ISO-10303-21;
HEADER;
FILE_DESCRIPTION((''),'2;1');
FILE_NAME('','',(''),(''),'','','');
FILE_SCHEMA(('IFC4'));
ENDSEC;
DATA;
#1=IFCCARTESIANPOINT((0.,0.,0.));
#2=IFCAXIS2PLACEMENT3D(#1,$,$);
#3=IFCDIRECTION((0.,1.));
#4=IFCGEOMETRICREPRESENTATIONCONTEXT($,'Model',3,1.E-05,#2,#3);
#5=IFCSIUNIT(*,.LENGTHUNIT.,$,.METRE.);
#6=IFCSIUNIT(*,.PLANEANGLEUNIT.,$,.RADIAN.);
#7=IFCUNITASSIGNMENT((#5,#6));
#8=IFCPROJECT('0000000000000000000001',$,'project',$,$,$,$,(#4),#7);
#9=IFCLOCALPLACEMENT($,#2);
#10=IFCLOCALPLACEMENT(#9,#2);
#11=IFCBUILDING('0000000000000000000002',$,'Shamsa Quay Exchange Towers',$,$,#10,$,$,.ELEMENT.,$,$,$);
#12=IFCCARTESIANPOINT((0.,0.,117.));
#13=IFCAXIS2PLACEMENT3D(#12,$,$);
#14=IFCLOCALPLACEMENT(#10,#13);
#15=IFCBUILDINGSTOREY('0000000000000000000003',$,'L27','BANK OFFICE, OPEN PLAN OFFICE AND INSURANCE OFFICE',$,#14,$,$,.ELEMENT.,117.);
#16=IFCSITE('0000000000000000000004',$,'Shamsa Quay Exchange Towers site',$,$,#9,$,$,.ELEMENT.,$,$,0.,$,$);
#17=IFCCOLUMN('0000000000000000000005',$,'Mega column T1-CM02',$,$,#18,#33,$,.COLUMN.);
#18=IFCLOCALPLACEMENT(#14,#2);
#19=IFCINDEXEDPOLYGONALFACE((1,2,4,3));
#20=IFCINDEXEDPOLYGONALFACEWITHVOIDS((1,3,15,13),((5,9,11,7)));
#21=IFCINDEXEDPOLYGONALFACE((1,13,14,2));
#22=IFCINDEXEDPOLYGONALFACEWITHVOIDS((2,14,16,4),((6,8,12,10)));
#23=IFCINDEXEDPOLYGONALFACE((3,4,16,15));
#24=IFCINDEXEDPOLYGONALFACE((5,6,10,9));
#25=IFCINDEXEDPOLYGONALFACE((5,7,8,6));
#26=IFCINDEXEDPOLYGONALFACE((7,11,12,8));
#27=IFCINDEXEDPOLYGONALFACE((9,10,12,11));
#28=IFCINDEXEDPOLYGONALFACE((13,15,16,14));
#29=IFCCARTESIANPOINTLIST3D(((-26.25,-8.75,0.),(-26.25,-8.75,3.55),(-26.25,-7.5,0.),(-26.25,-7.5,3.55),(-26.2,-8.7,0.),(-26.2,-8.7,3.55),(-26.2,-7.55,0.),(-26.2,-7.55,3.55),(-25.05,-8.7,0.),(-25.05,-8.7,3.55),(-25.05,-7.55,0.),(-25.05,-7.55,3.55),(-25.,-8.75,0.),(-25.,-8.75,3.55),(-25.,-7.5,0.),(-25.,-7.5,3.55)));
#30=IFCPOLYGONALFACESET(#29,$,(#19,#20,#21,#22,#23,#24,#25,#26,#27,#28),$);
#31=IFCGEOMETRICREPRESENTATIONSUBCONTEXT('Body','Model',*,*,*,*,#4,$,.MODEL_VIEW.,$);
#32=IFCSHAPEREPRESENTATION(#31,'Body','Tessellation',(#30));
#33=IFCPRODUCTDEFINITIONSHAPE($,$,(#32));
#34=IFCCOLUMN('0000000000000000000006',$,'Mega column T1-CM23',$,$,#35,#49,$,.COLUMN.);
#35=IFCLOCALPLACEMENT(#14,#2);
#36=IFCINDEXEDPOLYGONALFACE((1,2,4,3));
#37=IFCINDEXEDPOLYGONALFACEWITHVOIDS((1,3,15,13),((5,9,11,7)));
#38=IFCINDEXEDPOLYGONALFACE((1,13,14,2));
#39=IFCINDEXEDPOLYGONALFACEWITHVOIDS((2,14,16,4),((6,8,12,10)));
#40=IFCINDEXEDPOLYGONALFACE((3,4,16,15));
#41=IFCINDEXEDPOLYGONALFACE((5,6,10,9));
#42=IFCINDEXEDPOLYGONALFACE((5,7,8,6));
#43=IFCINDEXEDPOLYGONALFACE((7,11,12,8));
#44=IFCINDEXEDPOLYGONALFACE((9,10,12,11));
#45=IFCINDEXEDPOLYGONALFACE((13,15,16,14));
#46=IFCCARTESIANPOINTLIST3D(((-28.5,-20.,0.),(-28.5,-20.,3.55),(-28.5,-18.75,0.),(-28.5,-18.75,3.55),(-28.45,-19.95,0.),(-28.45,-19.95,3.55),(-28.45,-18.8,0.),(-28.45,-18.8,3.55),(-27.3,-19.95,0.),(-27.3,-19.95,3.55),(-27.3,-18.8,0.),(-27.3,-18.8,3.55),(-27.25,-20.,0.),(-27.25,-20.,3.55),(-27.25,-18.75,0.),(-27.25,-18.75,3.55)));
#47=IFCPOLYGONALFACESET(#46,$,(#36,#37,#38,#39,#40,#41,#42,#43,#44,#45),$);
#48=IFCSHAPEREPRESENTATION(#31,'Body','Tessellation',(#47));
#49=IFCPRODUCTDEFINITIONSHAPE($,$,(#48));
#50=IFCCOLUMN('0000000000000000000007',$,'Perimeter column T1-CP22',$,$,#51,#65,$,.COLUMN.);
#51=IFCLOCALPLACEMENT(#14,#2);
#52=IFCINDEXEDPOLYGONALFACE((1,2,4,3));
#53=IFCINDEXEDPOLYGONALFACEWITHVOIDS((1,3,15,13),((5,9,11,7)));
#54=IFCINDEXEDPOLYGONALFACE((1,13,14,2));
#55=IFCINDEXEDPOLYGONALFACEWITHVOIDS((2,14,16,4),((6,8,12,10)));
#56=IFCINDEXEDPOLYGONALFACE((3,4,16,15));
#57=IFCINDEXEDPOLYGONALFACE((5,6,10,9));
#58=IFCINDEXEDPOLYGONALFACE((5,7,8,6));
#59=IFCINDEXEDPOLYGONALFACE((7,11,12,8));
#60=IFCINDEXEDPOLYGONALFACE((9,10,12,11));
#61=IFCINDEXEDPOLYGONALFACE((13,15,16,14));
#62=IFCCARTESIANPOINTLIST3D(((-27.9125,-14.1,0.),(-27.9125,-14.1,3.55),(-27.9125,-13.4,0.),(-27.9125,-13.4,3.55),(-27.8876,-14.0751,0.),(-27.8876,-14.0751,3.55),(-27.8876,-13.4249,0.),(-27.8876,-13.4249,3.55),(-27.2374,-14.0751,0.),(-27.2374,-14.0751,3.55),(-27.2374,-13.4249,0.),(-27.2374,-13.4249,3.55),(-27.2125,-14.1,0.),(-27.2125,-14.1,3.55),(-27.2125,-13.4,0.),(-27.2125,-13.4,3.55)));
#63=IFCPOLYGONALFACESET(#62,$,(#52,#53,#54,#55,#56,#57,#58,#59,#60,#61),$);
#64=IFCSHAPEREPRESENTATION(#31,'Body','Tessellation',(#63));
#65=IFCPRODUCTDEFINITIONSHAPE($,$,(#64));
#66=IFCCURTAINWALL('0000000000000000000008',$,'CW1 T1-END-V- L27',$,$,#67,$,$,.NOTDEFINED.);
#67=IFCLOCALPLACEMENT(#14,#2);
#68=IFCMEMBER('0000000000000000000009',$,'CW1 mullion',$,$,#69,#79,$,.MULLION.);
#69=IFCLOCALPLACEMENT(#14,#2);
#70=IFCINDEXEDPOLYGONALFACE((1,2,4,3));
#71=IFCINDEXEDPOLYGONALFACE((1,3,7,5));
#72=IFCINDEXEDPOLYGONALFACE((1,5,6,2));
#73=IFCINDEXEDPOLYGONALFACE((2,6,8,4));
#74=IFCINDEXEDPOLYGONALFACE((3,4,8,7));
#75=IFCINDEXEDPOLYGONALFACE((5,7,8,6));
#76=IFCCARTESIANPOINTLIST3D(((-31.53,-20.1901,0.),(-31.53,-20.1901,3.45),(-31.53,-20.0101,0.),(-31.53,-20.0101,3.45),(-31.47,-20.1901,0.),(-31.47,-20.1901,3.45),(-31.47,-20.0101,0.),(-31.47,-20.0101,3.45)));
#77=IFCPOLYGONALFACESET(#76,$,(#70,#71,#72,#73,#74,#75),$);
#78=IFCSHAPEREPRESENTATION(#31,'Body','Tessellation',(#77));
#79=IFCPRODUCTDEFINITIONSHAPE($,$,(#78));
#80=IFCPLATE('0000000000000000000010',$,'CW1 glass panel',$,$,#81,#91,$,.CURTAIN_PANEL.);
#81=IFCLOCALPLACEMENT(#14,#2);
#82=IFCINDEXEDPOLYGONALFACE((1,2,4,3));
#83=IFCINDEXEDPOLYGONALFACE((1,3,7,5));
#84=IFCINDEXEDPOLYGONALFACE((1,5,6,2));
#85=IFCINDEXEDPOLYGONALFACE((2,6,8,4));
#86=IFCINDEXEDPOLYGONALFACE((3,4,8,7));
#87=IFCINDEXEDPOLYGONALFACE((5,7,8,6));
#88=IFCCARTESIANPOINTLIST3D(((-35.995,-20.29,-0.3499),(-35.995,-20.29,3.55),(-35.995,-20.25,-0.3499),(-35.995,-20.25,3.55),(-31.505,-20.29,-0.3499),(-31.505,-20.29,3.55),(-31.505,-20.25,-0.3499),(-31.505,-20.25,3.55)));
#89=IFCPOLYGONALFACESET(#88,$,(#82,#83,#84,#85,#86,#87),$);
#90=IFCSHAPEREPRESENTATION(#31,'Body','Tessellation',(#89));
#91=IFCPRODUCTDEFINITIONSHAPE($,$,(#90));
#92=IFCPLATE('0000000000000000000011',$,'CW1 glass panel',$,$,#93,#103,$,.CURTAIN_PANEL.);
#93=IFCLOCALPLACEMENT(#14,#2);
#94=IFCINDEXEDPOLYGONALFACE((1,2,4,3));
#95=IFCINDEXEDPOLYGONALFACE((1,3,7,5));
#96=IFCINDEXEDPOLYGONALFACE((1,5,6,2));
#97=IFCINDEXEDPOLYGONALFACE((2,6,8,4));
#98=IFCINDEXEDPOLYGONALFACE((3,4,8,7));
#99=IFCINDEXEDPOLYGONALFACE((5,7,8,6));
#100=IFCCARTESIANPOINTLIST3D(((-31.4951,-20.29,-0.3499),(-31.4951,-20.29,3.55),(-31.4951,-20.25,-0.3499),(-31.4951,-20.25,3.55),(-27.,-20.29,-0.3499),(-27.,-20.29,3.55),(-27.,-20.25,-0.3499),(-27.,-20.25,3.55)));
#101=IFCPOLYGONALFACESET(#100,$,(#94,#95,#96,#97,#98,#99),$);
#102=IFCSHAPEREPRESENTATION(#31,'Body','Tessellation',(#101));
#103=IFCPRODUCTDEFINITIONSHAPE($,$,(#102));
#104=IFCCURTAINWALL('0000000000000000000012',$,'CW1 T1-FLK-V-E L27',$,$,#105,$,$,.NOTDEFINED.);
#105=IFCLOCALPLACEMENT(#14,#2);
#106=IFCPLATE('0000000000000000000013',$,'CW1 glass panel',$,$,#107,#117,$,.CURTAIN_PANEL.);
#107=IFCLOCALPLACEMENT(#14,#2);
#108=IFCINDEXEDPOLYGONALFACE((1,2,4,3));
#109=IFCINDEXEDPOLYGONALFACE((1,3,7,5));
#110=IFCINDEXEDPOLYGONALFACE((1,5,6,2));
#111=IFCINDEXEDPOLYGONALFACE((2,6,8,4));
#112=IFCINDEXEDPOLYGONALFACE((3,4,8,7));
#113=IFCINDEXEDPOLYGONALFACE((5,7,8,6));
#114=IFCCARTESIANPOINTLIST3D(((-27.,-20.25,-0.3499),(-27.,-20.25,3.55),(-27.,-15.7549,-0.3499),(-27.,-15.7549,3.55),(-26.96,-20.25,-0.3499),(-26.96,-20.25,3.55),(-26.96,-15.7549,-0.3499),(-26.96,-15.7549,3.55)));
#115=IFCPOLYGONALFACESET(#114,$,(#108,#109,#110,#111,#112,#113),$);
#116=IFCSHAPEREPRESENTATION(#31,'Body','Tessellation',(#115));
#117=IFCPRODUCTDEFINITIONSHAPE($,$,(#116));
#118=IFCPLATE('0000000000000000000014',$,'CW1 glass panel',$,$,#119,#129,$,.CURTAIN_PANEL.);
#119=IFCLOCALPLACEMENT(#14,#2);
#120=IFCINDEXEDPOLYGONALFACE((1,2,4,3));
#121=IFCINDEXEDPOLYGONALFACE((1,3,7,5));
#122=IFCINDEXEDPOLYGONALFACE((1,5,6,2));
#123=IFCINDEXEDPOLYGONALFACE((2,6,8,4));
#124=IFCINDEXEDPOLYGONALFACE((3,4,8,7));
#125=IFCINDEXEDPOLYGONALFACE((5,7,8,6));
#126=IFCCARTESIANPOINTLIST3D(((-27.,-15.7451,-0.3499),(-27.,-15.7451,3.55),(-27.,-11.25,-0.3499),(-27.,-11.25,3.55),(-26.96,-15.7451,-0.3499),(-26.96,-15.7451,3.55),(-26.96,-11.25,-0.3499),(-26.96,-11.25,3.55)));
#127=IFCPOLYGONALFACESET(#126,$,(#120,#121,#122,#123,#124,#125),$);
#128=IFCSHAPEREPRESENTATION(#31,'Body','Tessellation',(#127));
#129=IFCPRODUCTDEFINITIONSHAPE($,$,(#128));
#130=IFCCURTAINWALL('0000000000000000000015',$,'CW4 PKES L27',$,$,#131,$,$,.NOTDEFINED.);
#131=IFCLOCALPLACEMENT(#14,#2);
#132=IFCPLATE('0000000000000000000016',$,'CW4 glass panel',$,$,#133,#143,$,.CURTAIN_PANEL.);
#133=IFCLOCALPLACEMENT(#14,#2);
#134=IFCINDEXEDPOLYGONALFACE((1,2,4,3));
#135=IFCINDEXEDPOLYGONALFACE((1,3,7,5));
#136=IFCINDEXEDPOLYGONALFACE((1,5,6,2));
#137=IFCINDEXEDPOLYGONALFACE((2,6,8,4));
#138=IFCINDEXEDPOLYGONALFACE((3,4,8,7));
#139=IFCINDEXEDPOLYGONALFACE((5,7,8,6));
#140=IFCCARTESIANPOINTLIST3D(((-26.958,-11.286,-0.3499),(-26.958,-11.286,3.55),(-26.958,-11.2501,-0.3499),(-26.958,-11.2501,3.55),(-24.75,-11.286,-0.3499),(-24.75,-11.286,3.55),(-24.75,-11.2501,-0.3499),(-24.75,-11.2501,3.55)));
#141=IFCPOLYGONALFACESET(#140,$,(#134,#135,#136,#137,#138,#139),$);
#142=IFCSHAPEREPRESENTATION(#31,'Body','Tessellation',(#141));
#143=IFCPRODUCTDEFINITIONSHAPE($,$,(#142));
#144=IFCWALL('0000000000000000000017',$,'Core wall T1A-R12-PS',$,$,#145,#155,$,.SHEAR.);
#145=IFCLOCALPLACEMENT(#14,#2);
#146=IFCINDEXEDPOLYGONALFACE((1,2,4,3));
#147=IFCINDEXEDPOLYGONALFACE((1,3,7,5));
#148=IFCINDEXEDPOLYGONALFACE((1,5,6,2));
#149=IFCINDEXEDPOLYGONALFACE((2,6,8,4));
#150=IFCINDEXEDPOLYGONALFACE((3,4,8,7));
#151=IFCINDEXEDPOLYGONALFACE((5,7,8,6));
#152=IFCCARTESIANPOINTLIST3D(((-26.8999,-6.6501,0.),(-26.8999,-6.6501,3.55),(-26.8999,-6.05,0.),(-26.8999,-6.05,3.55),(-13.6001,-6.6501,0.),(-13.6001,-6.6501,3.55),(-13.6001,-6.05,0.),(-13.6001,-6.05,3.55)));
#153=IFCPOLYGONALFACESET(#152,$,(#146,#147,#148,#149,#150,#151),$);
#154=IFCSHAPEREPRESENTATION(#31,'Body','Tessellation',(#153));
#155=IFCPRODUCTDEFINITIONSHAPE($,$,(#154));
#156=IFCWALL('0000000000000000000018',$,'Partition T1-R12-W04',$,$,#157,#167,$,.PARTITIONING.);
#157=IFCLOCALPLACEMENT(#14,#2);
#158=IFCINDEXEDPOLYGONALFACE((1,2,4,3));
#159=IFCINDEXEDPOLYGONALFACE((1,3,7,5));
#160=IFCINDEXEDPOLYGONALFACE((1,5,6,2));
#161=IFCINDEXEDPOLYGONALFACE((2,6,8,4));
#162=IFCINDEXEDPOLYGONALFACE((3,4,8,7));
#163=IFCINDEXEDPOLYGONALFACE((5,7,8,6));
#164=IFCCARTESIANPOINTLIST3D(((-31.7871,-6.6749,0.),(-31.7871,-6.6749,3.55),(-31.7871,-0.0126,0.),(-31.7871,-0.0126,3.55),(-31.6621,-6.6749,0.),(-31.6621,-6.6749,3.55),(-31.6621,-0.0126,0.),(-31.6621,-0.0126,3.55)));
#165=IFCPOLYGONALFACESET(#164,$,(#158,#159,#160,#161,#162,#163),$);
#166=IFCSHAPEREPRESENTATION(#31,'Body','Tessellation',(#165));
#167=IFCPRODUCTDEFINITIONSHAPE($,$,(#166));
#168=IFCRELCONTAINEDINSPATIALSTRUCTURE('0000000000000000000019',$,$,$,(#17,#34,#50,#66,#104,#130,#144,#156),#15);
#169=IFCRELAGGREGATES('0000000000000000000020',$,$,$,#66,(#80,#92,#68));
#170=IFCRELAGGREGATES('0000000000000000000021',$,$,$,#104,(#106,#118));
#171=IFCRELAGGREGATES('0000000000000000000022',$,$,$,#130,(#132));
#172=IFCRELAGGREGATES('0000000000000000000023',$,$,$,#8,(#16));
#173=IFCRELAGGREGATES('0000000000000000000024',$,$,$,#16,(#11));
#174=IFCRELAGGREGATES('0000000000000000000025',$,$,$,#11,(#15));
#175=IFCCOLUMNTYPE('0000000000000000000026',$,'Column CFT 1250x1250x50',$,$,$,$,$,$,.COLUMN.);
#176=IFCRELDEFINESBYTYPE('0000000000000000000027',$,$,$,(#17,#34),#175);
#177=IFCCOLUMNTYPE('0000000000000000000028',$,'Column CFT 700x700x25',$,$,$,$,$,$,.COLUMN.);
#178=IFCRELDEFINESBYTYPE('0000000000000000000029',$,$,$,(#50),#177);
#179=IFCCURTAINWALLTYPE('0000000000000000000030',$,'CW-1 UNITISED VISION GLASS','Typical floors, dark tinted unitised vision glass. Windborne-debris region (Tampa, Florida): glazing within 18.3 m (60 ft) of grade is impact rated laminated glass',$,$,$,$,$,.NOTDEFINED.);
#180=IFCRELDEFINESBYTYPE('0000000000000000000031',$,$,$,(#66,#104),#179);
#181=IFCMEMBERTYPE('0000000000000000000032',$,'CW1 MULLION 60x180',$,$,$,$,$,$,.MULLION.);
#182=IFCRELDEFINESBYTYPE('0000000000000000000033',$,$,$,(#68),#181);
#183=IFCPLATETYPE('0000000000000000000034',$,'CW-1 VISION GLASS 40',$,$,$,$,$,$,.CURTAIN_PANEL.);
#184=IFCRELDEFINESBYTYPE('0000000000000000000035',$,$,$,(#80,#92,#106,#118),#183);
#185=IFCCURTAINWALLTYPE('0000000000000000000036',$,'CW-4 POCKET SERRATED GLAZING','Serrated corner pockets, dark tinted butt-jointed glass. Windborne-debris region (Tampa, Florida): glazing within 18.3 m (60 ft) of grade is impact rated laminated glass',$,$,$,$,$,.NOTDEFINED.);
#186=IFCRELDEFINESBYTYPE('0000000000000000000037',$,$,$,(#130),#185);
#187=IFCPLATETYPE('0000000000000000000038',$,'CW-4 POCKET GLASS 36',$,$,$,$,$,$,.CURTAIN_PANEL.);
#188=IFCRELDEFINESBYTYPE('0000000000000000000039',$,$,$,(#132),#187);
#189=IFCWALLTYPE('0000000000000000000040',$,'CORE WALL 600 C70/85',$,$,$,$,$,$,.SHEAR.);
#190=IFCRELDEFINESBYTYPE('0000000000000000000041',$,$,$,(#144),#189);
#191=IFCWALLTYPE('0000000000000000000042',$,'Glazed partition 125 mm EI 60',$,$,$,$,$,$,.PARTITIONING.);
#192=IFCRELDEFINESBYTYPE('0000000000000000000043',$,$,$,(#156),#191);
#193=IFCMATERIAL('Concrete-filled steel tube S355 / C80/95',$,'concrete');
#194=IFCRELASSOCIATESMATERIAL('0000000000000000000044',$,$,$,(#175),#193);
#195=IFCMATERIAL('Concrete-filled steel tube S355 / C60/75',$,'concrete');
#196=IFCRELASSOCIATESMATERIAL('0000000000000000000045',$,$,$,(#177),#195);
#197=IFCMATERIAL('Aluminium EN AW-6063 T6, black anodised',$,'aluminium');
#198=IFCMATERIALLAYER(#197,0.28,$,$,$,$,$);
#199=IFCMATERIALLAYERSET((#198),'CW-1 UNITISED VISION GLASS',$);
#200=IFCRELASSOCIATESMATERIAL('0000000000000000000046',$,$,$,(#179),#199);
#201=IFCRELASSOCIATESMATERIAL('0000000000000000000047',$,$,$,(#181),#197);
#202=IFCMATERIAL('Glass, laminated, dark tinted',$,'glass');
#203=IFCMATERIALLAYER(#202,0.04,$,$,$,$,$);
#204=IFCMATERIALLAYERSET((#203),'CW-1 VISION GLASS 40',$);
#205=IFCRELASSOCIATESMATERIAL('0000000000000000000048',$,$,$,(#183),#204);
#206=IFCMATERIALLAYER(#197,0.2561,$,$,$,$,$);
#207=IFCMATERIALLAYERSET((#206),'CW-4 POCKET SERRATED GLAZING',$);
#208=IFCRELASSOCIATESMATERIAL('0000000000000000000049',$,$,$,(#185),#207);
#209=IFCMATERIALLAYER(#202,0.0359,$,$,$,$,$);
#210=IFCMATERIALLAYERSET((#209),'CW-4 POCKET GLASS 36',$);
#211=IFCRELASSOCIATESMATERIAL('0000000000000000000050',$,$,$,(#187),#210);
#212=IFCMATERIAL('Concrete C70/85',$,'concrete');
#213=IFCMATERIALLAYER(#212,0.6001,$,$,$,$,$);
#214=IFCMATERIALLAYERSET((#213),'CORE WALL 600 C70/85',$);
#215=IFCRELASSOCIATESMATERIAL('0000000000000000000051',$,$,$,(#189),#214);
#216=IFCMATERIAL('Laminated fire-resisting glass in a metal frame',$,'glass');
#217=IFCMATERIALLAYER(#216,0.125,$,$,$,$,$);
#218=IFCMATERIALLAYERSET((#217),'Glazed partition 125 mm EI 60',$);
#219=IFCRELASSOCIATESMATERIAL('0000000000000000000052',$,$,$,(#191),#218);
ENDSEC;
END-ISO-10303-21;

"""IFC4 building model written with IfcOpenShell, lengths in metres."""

from ifc_helpers import new_model, si_unit, direction, frame, frame_2d, origin, origin_2d, place, context, subcontext, project, spatial, rectangle, hollow_rectangle, extrude, material, layer, layer_set, material_profile, profile_set, type_object, element, aggregate, save


model = new_model("IFC4")

# Units and contexts
model_context = context("Model", 3, precision=1e-05, world=origin(), true_north=direction((0.0, 1.0)))
body_context = subcontext(model_context, "Body", "Model", "MODEL_VIEW")
ifc_project = project(units=[si_unit("LENGTHUNIT", "METRE"), si_unit("PLANEANGLEUNIT", "RADIAN")], contexts=[model_context])

# Site, building, storey
site_placement = place(None, origin())
site = spatial("IfcSite", under=ifc_project, at=site_placement, Name="Shamsa Quay Exchange Towers site", CompositionType="ELEMENT", RefElevation=0.0)
building_placement = place(site_placement, origin())
building = spatial("IfcBuilding", under=site, at=building_placement, Name="Shamsa Quay Exchange Towers", CompositionType="ELEMENT")
storey_placement = place(building_placement, frame((0.0, 0.0, 117.0)))
storey = spatial("IfcBuildingStorey", under=building, at=storey_placement, Name="L27", Description="BANK OFFICE, OPEN PLAN OFFICE AND INSURANCE OFFICE", CompositionType="ELEMENT", Elevation=117.0)

# Columns
ifc_material_1 = material(Name="Concrete-filled steel tube S355 / C80/95", Category="concrete")
ifc_material_profile_1 = material_profile(ifc_material_1, hollow_rectangle(XDim=1.25, YDim=1.25, WallThickness=0.05, at=origin_2d()), Name="CFT 1250x1250x50")
ifc_profile_set_1 = profile_set([ifc_material_profile_1], Name="Concrete-filled steel tube S355 / C80/95")
column_type_1 = type_object("IfcColumnType", Name="Column CFT 1250x1250x50", PredefinedType="COLUMN", material=ifc_profile_set_1)
for number, where, name in (
    (1, (-25.625, -8.125, 0.0), "Mega column T1-CM02"),
    (2, (-27.875, -19.375, 0.0), "Mega column T1-CM23"),
):
    element("IfcColumn", number, at=place(storey_placement, frame(where)), inside=storey, type_object=column_type_1, Name=name, PredefinedType="COLUMN", context=body_context, shape_type="SweptSolid", body=[
        extrude(hollow_rectangle(XDim=1.25, YDim=1.25, WallThickness=0.05, at=origin_2d()), origin(), (0.0, 0.0, 1.0), 3.55),
    ])
ifc_material_2 = material(Name="Concrete-filled steel tube S355 / C60/75", Category="concrete")
ifc_material_profile_2 = material_profile(ifc_material_2, hollow_rectangle(XDim=0.7, YDim=0.7, WallThickness=0.0249, at=origin_2d()), Name="CFT 700x700x25")
ifc_profile_set_2 = profile_set([ifc_material_profile_2], Name="Concrete-filled steel tube S355 / C60/75")
column_type_2 = type_object("IfcColumnType", Name="Column CFT 700x700x25", PredefinedType="COLUMN", material=ifc_profile_set_2)
column_placement = place(storey_placement, frame((-27.5625, -13.75, 0.0)))
element("IfcColumn", 3, at=column_placement, inside=storey, type_object=column_type_2, Name="Perimeter column T1-CP22", PredefinedType="COLUMN", context=body_context, shape_type="SweptSolid", body=[
    extrude(hollow_rectangle(XDim=0.7, YDim=0.7, WallThickness=0.0249, at=origin_2d()), origin(), (0.0, 0.0, 1.0), 3.55),
])

# Curtain wall, member, plates
ifc_material_3 = material(Name="Aluminium EN AW-6063 T6, black anodised", Category="aluminium")
ifc_layer_1 = layer(ifc_material_3, 0.28)
ifc_layer_set_1 = layer_set([ifc_layer_1], Name="CW-1 UNITISED VISION GLASS")
curtain_wall_type_1 = type_object("IfcCurtainWallType", Name="CW-1 UNITISED VISION GLASS", Description="Typical floors, dark tinted unitised vision glass. Windborne-debris region (Tampa, Florida): glazing within 18.3 m (60 ft) of grade is impact rated laminated glass", PredefinedType="NOTDEFINED", material=ifc_layer_set_1)
curtain_wall_1_placement = place(storey_placement, origin())
curtain_wall_1 = element("IfcCurtainWall", 4, at=curtain_wall_1_placement, inside=storey, type_object=curtain_wall_type_1, Name="CW1 T1-END-V- L27", PredefinedType="NOTDEFINED")
ifc_material_profile_3 = material_profile(ifc_material_3, rectangle(XDim=0.1799, YDim=0.0601, at=origin_2d()), Name="MU60x180")
ifc_profile_set_3 = profile_set([ifc_material_profile_3], Name="Aluminium EN AW-6063 T6, black anodised")
member_type = type_object("IfcMemberType", Name="CW1 MULLION 60x180", PredefinedType="MULLION", material=ifc_profile_set_3)
member_placement = place(storey_placement, frame((-31.5, -20.1001, 0.0), z_axis=(0.0, 0.0, 1.0), x_axis=(0.0, 1.0, 0.0)))
member = element("IfcMember", 5, at=member_placement, type_object=member_type, Name="CW1 mullion", PredefinedType="MULLION", context=body_context, shape_type="SweptSolid", body=[
    extrude(rectangle(XDim=0.1799, YDim=0.0601, at=origin_2d()), origin(), (0.0, 0.0, 1.0), 3.45),
])
ifc_material_4 = material(Name="Glass, laminated, dark tinted", Category="glass")
ifc_layer_2 = layer(ifc_material_4, 0.04)
ifc_layer_set_2 = layer_set([ifc_layer_2], Name="CW-1 VISION GLASS 40")
plate_type_1 = type_object("IfcPlateType", Name="CW-1 VISION GLASS 40", PredefinedType="CURTAIN_PANEL", material=ifc_layer_set_2)
plate_1_placement = place(storey_placement, frame((-33.75, -20.27, -0.3499)))
plate_1 = element("IfcPlate", 6, at=plate_1_placement, type_object=plate_type_1, Name="CW1 glass panel", PredefinedType="CURTAIN_PANEL", context=body_context, shape_type="SweptSolid", body=[
    extrude(rectangle(XDim=4.49, YDim=0.04, at=origin_2d()), origin(), (0.0, 0.0, 1.0), 3.8999),
])
plate_2_placement = place(storey_placement, frame((-29.2476, -20.27, -0.3499)))
plate_2 = element("IfcPlate", 7, at=plate_2_placement, type_object=plate_type_1, Name="CW1 glass panel", PredefinedType="CURTAIN_PANEL", context=body_context, shape_type="SweptSolid", body=[
    extrude(rectangle(XDim=4.4951, YDim=0.04, at=origin_2d()), origin(), (0.0, 0.0, 1.0), 3.8999),
])
aggregate(curtain_wall_1, [plate_1, plate_2, member])

# Curtain wall, plates
curtain_wall_2_placement = place(storey_placement, origin())
curtain_wall_2 = element("IfcCurtainWall", 8, at=curtain_wall_2_placement, inside=storey, type_object=curtain_wall_type_1, Name="CW1 T1-FLK-V-E L27", PredefinedType="NOTDEFINED")
plate_3_placement = place(storey_placement, frame((-26.98, -18.0024, -0.3499), z_axis=(0.0, 0.0, 1.0), x_axis=(0.0, 1.0, 0.0)))
plate_3 = element("IfcPlate", 9, at=plate_3_placement, type_object=plate_type_1, Name="CW1 glass panel", PredefinedType="CURTAIN_PANEL", context=body_context, shape_type="SweptSolid", body=[
    extrude(rectangle(XDim=4.4951, YDim=0.04, at=origin_2d()), origin(), (0.0, 0.0, 1.0), 3.8999),
])
plate_4_placement = place(storey_placement, frame((-26.98, -13.4976, -0.3499), z_axis=(0.0, 0.0, 1.0), x_axis=(0.0, 1.0, 0.0)))
plate_4 = element("IfcPlate", 10, at=plate_4_placement, type_object=plate_type_1, Name="CW1 glass panel", PredefinedType="CURTAIN_PANEL", context=body_context, shape_type="SweptSolid", body=[
    extrude(rectangle(XDim=4.4951, YDim=0.04, at=origin_2d()), origin(), (0.0, 0.0, 1.0), 3.8999),
])
aggregate(curtain_wall_2, [plate_3, plate_4])

# Curtain wall, plate
ifc_layer_3 = layer(ifc_material_3, 0.2561)
ifc_layer_set_3 = layer_set([ifc_layer_3], Name="CW-4 POCKET SERRATED GLAZING")
curtain_wall_type_2 = type_object("IfcCurtainWallType", Name="CW-4 POCKET SERRATED GLAZING", Description="Serrated corner pockets, dark tinted butt-jointed glass. Windborne-debris region (Tampa, Florida): glazing within 18.3 m (60 ft) of grade is impact rated laminated glass", PredefinedType="NOTDEFINED", material=ifc_layer_set_3)
curtain_wall_3_placement = place(storey_placement, origin())
curtain_wall_3 = element("IfcCurtainWall", 11, at=curtain_wall_3_placement, inside=storey, type_object=curtain_wall_type_2, Name="CW4 PKES L27", PredefinedType="NOTDEFINED")
ifc_layer_4 = layer(ifc_material_4, 0.0359)
ifc_layer_set_4 = layer_set([ifc_layer_4], Name="CW-4 POCKET GLASS 36")
plate_type_2 = type_object("IfcPlateType", Name="CW-4 POCKET GLASS 36", PredefinedType="CURTAIN_PANEL", material=ifc_layer_set_4)
plate_5_placement = place(storey_placement, frame((-25.854, -11.2681, -0.3499)))
plate_5 = element("IfcPlate", 12, at=plate_5_placement, type_object=plate_type_2, Name="CW4 glass panel", PredefinedType="CURTAIN_PANEL", context=body_context, shape_type="SweptSolid", body=[
    extrude(rectangle(XDim=2.208, YDim=0.0359, at=origin_2d()), origin(), (0.0, 0.0, 1.0), 3.8999),
])
aggregate(curtain_wall_3, [plate_5])

# Walls
ifc_material_5 = material(Name="Concrete C70/85", Category="concrete")
ifc_layer_5 = layer(ifc_material_5, 0.6001)
ifc_layer_set_5 = layer_set([ifc_layer_5], Name="CORE WALL 600 C70/85")
wall_type_1 = type_object("IfcWallType", Name="CORE WALL 600 C70/85", PredefinedType="SHEAR", material=ifc_layer_set_5)
wall_1_placement = place(storey_placement, frame((-26.8999, -6.3501, 0.0)))
element("IfcWall", 13, at=wall_1_placement, inside=storey, type_object=wall_type_1, Name="Core wall T1A-R12-PS", PredefinedType="SHEAR", context=body_context, shape_type="SweptSolid", body=[
    extrude(rectangle(XDim=13.2998, YDim=0.6001, at=frame_2d((6.6499, 0.0))), origin(), (0.0, 0.0, 1.0), 3.55),
])
ifc_material_6 = material(Name="Laminated fire-resisting glass in a metal frame", Category="glass")
ifc_layer_6 = layer(ifc_material_6, 0.125)
ifc_layer_set_6 = layer_set([ifc_layer_6], Name="Glazed partition 125 mm EI 60")
wall_type_2 = type_object("IfcWallType", Name="Glazed partition 125 mm EI 60", PredefinedType="PARTITIONING", material=ifc_layer_set_6)
wall_2_placement = place(storey_placement, frame((-31.7246, -0.0127, 0.0), z_axis=(0.0, 0.0, 1.0), x_axis=(0.0, -1.0, 0.0)))
element("IfcWall", 14, at=wall_2_placement, inside=storey, type_object=wall_type_2, Name="Partition T1-R12-W04", PredefinedType="PARTITIONING", context=body_context, shape_type="SweptSolid", body=[
    extrude(rectangle(XDim=6.6624, YDim=0.125, at=frame_2d((3.3311, 0.0))), origin(), (0.0, 0.0, 1.0), 3.55),
])

save(model, "model.ifc")
